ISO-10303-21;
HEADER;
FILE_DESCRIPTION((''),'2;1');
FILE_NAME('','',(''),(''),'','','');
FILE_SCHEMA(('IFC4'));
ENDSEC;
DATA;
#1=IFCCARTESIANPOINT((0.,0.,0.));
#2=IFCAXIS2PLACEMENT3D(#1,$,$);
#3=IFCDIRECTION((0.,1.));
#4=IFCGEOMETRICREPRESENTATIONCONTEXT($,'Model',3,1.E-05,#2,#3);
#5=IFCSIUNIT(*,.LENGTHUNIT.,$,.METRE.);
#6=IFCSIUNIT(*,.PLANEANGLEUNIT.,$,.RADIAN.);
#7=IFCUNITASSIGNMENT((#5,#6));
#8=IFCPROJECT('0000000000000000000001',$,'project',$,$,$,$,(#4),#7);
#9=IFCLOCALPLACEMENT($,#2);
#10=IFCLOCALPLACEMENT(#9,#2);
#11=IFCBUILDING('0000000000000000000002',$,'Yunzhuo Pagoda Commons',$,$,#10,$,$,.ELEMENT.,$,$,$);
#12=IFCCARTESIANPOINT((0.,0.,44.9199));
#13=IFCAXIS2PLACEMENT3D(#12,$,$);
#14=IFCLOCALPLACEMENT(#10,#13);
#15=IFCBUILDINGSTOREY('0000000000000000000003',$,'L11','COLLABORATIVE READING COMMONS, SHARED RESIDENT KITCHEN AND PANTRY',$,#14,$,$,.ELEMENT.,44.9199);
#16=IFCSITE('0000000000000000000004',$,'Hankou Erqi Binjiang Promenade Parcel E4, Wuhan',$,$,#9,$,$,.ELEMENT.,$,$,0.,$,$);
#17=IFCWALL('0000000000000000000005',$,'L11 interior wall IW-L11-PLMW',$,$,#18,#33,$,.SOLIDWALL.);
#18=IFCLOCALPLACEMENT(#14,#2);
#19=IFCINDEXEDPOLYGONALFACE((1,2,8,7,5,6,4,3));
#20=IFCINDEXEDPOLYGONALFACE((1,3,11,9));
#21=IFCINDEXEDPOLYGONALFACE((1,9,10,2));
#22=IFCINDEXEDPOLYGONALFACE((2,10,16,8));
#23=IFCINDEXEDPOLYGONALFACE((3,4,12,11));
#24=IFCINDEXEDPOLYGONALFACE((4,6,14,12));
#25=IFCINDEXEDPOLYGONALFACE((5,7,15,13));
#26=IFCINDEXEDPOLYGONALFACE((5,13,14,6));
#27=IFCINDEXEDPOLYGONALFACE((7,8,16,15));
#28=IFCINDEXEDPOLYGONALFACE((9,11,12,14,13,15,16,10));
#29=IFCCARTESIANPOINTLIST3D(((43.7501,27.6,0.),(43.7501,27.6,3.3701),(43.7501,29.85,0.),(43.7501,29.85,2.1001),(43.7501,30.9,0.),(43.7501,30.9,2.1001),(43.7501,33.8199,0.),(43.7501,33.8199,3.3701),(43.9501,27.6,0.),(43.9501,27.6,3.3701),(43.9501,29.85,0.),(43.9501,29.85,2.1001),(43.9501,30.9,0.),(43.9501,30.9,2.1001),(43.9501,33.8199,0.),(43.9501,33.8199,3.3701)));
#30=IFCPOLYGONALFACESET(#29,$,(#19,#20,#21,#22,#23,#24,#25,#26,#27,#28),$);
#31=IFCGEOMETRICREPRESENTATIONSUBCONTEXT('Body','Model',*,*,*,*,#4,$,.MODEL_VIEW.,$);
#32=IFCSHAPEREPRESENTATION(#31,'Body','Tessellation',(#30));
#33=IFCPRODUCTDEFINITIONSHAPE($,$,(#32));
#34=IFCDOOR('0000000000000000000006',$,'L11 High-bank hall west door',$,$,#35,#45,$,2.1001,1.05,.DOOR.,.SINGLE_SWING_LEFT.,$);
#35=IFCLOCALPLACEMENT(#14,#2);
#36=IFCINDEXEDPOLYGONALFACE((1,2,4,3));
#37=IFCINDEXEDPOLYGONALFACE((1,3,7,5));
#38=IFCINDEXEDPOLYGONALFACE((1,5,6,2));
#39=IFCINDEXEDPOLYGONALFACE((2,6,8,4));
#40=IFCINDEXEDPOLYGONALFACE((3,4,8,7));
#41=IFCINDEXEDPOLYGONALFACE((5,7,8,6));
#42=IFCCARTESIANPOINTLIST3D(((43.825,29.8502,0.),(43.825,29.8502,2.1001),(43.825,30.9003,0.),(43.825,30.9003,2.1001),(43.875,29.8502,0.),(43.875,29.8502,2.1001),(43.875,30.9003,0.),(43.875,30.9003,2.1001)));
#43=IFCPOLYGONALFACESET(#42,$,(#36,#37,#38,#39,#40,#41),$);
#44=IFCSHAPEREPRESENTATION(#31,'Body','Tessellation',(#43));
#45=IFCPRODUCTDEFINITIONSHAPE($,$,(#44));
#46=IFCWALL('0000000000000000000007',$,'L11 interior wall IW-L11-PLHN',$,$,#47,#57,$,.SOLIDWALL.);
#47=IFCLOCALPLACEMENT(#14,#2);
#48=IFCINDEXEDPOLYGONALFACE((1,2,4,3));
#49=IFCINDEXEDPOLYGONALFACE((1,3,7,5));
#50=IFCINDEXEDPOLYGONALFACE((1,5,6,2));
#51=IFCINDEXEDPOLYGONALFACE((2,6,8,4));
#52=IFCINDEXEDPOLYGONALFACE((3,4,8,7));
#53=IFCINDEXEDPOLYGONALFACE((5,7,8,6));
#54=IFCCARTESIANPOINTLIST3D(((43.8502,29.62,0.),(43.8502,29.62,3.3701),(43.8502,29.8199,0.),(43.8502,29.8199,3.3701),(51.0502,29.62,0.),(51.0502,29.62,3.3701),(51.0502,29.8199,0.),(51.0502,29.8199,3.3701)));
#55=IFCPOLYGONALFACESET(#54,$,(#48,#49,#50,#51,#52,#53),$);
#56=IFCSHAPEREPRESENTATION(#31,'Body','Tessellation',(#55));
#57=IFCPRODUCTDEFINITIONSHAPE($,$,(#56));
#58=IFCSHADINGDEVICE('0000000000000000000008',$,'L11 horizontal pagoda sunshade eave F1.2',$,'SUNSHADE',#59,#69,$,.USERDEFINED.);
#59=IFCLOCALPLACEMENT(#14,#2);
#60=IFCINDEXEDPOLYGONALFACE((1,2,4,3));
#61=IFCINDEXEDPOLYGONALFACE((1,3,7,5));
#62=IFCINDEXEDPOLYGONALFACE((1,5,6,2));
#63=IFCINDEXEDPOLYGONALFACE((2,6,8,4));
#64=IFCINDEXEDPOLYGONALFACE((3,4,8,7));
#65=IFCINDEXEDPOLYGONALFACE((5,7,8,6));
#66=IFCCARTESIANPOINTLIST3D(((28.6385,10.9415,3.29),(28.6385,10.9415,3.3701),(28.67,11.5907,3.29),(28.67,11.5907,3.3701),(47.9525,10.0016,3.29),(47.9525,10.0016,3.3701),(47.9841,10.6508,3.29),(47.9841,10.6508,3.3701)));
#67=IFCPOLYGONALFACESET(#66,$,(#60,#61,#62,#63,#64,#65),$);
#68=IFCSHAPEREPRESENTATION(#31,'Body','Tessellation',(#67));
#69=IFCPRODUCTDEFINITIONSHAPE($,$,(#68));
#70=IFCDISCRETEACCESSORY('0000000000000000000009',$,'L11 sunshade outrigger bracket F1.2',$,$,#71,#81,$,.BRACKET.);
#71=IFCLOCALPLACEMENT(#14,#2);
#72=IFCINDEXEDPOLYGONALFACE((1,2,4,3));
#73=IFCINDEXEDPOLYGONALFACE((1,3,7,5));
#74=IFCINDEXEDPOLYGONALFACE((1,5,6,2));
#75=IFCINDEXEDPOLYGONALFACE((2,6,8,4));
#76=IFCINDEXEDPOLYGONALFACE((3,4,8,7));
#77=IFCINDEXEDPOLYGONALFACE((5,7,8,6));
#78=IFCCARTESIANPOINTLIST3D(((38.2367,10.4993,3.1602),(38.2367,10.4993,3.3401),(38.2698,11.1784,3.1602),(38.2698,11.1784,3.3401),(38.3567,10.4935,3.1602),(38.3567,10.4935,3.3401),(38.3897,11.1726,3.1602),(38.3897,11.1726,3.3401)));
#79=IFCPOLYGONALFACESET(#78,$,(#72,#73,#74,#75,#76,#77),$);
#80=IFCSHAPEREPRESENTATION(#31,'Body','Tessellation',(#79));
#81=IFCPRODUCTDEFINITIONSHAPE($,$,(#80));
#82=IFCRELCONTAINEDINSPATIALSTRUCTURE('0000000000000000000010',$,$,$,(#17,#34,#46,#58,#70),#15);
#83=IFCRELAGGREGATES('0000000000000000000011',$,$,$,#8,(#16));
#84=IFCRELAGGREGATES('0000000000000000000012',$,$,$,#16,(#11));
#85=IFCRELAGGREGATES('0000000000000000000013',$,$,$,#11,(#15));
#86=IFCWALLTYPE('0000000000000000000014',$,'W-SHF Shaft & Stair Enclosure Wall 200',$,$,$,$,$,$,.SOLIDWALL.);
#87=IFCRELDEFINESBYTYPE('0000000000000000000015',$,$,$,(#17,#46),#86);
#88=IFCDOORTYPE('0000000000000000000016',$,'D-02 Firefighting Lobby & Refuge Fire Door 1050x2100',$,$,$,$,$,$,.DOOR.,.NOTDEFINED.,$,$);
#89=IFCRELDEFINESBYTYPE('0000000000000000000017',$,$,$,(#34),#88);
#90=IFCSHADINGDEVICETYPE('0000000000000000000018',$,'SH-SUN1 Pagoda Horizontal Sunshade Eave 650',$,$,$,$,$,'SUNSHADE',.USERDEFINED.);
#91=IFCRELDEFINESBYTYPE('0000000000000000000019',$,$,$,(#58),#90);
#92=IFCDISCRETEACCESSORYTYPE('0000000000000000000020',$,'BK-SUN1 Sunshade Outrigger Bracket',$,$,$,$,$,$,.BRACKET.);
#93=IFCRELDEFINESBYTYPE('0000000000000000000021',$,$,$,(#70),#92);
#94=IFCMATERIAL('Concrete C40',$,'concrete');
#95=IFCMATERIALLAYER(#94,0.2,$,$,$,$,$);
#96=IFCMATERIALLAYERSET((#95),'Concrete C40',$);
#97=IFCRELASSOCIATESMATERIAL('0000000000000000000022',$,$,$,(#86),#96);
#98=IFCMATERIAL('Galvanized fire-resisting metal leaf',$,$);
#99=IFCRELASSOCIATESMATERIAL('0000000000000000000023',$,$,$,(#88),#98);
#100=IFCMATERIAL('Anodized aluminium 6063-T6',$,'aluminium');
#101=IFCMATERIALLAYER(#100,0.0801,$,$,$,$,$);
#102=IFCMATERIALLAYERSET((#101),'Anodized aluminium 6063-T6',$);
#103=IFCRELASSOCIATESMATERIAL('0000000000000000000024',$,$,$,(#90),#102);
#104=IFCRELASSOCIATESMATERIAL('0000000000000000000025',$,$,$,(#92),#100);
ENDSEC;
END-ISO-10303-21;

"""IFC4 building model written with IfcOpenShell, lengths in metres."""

from ifc_helpers import new_model, si_unit, direction, frame, frame_2d, origin, origin_2d, place, context, subcontext, project, spatial, rectangle, extrude, source, transform, mapped, material, layer, layer_set, type_object, element, fill, save


model = new_model("IFC4")

# Units and contexts
model_context = context("Model", 3, precision=1e-05, world=origin(), true_north=direction((0.0, 1.0)))
body_context = subcontext(model_context, "Body", "Model", "MODEL_VIEW")
ifc_project = project(units=[si_unit("LENGTHUNIT", "METRE"), si_unit("PLANEANGLEUNIT", "RADIAN")], contexts=[model_context])

# Site, building, storey
site_placement = place(None, origin())
site = spatial("IfcSite", under=ifc_project, at=site_placement, Name="Hankou Erqi Binjiang Promenade Parcel E4, Wuhan", CompositionType="ELEMENT", RefElevation=0.0)
building_placement = place(site_placement, origin())
building = spatial("IfcBuilding", under=site, at=building_placement, Name="Yunzhuo Pagoda Commons", CompositionType="ELEMENT")
storey_placement = place(building_placement, frame((0.0, 0.0, 44.9199)))
storey = spatial("IfcBuildingStorey", under=building, at=storey_placement, Name="L11", Description="COLLABORATIVE READING COMMONS, SHARED RESIDENT KITCHEN AND PANTRY", CompositionType="ELEMENT", Elevation=44.9199)

# Shared definitions
ifc_material_1 = material(Name="Anodized aluminium 6063-T6", Category="aluminium")

# Shared definitions
ifc_material_2 = material(Name="Galvanized fire-resisting metal leaf")

# Wall, opening, door
ifc_material_3 = material(Name="Concrete C40", Category="concrete")
ifc_layer_1 = layer(ifc_material_3, 0.2)
ifc_layer_set_1 = layer_set([ifc_layer_1], Name="Concrete C40")
wall_type_1 = type_object("IfcWallType", Name="W-SHF Shaft & Stair Enclosure Wall 200", PredefinedType="SOLIDWALL", material=ifc_layer_set_1)
wall_1_placement = place(storey_placement, frame((43.8501, 27.6001, 0.0), z_axis=(0.0, 0.0, 1.0), x_axis=(0.0, 1.0, 0.0)))
wall_1 = element("IfcWall", 1, at=wall_1_placement, inside=storey, type_object=wall_type_1, Name="L11 interior wall IW-L11-PLMW", PredefinedType="SOLIDWALL", context=body_context, shape_type="SweptSolid", body=[
    extrude(rectangle(XDim=6.22, YDim=0.2, at=frame_2d((3.1099, 0.0))), origin(), (0.0, 0.0, 1.0), 3.3701),
])
opening_1_placement = place(wall_1_placement, frame((2.25, 0.0, 0.0)))
opening_1 = element("IfcOpeningElement", 2, at=opening_1_placement, cuts=wall_1, PredefinedType="OPENING", context=body_context, shape_type="SweptSolid", body=[
    extrude(rectangle(XDim=1.05, YDim=2.1001, at=frame_2d((0.5249, 1.05))), frame((0.0, 0.1099, 0.0), z_axis=(0.0, -1.0, 0.0), x_axis=(1.0, 0.0, 0.0)), (0.0, 0.0, 1.0), 0.22),
])
door_type_1 = type_object("IfcDoorType", Name="D-02 Firefighting Lobby & Refuge Fire Door 1050x2100", OperationType="NOTDEFINED", PredefinedType="DOOR", material=ifc_material_2)
shared_shape_1 = source(origin(), body_context, "Body", "SweptSolid", [
    extrude(rectangle(XDim=1.05, YDim=2.1001, at=frame_2d((0.5249, 1.05))), frame((0.0, 0.0249, 0.0), z_axis=(0.0, -1.0, 0.0), x_axis=(1.0, 0.0, 0.0)), (0.0, 0.0, 1.0), 0.05),
])
door_1_placement = place(opening_1_placement, frame((1.05, 0.0, 0.0), z_axis=(0.0, 0.0, 1.0), x_axis=(-1.0, 0.0, 0.0)))
door_1 = element("IfcDoor", 3, at=door_1_placement, inside=storey, type_object=door_type_1, Name="L11 High-bank hall west door", OperationType="SINGLE_SWING_LEFT", OverallHeight=2.1001, OverallWidth=1.05, PredefinedType="DOOR", context=body_context, shape_type="MappedRepresentation", body=[
    mapped(shared_shape_1, transform((0.0, 0.0, 0.0), scale=1.0)),
])
fill(opening_1, door_1)

# Wall
wall_2_placement = place(storey_placement, frame((43.8501, 29.72, 0.0), z_axis=(0.0, 0.0, 1.0), x_axis=(1.0, 0.0, 0.0)))
element("IfcWall", 4, at=wall_2_placement, inside=storey, type_object=wall_type_1, Name="L11 interior wall IW-L11-PLHN", PredefinedType="SOLIDWALL", context=body_context, shape_type="SweptSolid", body=[
    extrude(rectangle(XDim=7.2, YDim=0.2, at=frame_2d((3.6001, 0.0))), origin(), (0.0, 0.0, 1.0), 3.3701),
])

# Shading device
ifc_layer_2 = layer(ifc_material_1, 0.0801)
ifc_layer_set_2 = layer_set([ifc_layer_2], Name="Anodized aluminium 6063-T6")
shading_device_type = type_object("IfcShadingDeviceType", Name="SH-SUN1 Pagoda Horizontal Sunshade Eave 650", ElementType="SUNSHADE", PredefinedType="USERDEFINED", material=ifc_layer_set_2)
shared_shape_2 = source(origin(), body_context, "Body", "SweptSolid", [
    extrude(rectangle(XDim=19.3369, YDim=0.6499, at=origin_2d()), origin(), (0.0, 0.0, 1.0), 0.0801),
])
shading_device_placement = place(storey_placement, frame((38.3113, 10.7961, 3.29), z_axis=(0.0, 0.0, 1.0), x_axis=(0.998818, -0.048606, 0.0)))
element("IfcShadingDevice", 5, at=shading_device_placement, inside=storey, type_object=shading_device_type, Name="L11 horizontal pagoda sunshade eave F1.2", ObjectType="SUNSHADE", PredefinedType="USERDEFINED", context=body_context, shape_type="MappedRepresentation", body=[
    mapped(shared_shape_2, transform((0.0, 0.0, 0.0), scale=1.0)),
])

# Discrete accessory
discrete_accessory_type = type_object("IfcDiscreteAccessoryType", Name="BK-SUN1 Sunshade Outrigger Bracket", PredefinedType="BRACKET", material=ifc_material_1)
shared_shape_3 = source(origin(), body_context, "Body", "SweptSolid", [
    extrude(rectangle(XDim=0.1201, YDim=0.6799, at=origin_2d()), origin(), (0.0, 0.0, 1.0), 0.1799),
])
discrete_accessory_placement = place(storey_placement, frame((38.3132, 10.8359, 3.1602), z_axis=(0.0, 0.0, 1.0), x_axis=(0.998818, -0.048606, 0.0)))
element("IfcDiscreteAccessory", 6, at=discrete_accessory_placement, inside=storey, type_object=discrete_accessory_type, Name="L11 sunshade outrigger bracket F1.2", PredefinedType="BRACKET", context=body_context, shape_type="MappedRepresentation", body=[
    mapped(shared_shape_3, transform((0.0, 0.0, 0.0), scale=1.0)),
])

save(model, "model.ifc")
